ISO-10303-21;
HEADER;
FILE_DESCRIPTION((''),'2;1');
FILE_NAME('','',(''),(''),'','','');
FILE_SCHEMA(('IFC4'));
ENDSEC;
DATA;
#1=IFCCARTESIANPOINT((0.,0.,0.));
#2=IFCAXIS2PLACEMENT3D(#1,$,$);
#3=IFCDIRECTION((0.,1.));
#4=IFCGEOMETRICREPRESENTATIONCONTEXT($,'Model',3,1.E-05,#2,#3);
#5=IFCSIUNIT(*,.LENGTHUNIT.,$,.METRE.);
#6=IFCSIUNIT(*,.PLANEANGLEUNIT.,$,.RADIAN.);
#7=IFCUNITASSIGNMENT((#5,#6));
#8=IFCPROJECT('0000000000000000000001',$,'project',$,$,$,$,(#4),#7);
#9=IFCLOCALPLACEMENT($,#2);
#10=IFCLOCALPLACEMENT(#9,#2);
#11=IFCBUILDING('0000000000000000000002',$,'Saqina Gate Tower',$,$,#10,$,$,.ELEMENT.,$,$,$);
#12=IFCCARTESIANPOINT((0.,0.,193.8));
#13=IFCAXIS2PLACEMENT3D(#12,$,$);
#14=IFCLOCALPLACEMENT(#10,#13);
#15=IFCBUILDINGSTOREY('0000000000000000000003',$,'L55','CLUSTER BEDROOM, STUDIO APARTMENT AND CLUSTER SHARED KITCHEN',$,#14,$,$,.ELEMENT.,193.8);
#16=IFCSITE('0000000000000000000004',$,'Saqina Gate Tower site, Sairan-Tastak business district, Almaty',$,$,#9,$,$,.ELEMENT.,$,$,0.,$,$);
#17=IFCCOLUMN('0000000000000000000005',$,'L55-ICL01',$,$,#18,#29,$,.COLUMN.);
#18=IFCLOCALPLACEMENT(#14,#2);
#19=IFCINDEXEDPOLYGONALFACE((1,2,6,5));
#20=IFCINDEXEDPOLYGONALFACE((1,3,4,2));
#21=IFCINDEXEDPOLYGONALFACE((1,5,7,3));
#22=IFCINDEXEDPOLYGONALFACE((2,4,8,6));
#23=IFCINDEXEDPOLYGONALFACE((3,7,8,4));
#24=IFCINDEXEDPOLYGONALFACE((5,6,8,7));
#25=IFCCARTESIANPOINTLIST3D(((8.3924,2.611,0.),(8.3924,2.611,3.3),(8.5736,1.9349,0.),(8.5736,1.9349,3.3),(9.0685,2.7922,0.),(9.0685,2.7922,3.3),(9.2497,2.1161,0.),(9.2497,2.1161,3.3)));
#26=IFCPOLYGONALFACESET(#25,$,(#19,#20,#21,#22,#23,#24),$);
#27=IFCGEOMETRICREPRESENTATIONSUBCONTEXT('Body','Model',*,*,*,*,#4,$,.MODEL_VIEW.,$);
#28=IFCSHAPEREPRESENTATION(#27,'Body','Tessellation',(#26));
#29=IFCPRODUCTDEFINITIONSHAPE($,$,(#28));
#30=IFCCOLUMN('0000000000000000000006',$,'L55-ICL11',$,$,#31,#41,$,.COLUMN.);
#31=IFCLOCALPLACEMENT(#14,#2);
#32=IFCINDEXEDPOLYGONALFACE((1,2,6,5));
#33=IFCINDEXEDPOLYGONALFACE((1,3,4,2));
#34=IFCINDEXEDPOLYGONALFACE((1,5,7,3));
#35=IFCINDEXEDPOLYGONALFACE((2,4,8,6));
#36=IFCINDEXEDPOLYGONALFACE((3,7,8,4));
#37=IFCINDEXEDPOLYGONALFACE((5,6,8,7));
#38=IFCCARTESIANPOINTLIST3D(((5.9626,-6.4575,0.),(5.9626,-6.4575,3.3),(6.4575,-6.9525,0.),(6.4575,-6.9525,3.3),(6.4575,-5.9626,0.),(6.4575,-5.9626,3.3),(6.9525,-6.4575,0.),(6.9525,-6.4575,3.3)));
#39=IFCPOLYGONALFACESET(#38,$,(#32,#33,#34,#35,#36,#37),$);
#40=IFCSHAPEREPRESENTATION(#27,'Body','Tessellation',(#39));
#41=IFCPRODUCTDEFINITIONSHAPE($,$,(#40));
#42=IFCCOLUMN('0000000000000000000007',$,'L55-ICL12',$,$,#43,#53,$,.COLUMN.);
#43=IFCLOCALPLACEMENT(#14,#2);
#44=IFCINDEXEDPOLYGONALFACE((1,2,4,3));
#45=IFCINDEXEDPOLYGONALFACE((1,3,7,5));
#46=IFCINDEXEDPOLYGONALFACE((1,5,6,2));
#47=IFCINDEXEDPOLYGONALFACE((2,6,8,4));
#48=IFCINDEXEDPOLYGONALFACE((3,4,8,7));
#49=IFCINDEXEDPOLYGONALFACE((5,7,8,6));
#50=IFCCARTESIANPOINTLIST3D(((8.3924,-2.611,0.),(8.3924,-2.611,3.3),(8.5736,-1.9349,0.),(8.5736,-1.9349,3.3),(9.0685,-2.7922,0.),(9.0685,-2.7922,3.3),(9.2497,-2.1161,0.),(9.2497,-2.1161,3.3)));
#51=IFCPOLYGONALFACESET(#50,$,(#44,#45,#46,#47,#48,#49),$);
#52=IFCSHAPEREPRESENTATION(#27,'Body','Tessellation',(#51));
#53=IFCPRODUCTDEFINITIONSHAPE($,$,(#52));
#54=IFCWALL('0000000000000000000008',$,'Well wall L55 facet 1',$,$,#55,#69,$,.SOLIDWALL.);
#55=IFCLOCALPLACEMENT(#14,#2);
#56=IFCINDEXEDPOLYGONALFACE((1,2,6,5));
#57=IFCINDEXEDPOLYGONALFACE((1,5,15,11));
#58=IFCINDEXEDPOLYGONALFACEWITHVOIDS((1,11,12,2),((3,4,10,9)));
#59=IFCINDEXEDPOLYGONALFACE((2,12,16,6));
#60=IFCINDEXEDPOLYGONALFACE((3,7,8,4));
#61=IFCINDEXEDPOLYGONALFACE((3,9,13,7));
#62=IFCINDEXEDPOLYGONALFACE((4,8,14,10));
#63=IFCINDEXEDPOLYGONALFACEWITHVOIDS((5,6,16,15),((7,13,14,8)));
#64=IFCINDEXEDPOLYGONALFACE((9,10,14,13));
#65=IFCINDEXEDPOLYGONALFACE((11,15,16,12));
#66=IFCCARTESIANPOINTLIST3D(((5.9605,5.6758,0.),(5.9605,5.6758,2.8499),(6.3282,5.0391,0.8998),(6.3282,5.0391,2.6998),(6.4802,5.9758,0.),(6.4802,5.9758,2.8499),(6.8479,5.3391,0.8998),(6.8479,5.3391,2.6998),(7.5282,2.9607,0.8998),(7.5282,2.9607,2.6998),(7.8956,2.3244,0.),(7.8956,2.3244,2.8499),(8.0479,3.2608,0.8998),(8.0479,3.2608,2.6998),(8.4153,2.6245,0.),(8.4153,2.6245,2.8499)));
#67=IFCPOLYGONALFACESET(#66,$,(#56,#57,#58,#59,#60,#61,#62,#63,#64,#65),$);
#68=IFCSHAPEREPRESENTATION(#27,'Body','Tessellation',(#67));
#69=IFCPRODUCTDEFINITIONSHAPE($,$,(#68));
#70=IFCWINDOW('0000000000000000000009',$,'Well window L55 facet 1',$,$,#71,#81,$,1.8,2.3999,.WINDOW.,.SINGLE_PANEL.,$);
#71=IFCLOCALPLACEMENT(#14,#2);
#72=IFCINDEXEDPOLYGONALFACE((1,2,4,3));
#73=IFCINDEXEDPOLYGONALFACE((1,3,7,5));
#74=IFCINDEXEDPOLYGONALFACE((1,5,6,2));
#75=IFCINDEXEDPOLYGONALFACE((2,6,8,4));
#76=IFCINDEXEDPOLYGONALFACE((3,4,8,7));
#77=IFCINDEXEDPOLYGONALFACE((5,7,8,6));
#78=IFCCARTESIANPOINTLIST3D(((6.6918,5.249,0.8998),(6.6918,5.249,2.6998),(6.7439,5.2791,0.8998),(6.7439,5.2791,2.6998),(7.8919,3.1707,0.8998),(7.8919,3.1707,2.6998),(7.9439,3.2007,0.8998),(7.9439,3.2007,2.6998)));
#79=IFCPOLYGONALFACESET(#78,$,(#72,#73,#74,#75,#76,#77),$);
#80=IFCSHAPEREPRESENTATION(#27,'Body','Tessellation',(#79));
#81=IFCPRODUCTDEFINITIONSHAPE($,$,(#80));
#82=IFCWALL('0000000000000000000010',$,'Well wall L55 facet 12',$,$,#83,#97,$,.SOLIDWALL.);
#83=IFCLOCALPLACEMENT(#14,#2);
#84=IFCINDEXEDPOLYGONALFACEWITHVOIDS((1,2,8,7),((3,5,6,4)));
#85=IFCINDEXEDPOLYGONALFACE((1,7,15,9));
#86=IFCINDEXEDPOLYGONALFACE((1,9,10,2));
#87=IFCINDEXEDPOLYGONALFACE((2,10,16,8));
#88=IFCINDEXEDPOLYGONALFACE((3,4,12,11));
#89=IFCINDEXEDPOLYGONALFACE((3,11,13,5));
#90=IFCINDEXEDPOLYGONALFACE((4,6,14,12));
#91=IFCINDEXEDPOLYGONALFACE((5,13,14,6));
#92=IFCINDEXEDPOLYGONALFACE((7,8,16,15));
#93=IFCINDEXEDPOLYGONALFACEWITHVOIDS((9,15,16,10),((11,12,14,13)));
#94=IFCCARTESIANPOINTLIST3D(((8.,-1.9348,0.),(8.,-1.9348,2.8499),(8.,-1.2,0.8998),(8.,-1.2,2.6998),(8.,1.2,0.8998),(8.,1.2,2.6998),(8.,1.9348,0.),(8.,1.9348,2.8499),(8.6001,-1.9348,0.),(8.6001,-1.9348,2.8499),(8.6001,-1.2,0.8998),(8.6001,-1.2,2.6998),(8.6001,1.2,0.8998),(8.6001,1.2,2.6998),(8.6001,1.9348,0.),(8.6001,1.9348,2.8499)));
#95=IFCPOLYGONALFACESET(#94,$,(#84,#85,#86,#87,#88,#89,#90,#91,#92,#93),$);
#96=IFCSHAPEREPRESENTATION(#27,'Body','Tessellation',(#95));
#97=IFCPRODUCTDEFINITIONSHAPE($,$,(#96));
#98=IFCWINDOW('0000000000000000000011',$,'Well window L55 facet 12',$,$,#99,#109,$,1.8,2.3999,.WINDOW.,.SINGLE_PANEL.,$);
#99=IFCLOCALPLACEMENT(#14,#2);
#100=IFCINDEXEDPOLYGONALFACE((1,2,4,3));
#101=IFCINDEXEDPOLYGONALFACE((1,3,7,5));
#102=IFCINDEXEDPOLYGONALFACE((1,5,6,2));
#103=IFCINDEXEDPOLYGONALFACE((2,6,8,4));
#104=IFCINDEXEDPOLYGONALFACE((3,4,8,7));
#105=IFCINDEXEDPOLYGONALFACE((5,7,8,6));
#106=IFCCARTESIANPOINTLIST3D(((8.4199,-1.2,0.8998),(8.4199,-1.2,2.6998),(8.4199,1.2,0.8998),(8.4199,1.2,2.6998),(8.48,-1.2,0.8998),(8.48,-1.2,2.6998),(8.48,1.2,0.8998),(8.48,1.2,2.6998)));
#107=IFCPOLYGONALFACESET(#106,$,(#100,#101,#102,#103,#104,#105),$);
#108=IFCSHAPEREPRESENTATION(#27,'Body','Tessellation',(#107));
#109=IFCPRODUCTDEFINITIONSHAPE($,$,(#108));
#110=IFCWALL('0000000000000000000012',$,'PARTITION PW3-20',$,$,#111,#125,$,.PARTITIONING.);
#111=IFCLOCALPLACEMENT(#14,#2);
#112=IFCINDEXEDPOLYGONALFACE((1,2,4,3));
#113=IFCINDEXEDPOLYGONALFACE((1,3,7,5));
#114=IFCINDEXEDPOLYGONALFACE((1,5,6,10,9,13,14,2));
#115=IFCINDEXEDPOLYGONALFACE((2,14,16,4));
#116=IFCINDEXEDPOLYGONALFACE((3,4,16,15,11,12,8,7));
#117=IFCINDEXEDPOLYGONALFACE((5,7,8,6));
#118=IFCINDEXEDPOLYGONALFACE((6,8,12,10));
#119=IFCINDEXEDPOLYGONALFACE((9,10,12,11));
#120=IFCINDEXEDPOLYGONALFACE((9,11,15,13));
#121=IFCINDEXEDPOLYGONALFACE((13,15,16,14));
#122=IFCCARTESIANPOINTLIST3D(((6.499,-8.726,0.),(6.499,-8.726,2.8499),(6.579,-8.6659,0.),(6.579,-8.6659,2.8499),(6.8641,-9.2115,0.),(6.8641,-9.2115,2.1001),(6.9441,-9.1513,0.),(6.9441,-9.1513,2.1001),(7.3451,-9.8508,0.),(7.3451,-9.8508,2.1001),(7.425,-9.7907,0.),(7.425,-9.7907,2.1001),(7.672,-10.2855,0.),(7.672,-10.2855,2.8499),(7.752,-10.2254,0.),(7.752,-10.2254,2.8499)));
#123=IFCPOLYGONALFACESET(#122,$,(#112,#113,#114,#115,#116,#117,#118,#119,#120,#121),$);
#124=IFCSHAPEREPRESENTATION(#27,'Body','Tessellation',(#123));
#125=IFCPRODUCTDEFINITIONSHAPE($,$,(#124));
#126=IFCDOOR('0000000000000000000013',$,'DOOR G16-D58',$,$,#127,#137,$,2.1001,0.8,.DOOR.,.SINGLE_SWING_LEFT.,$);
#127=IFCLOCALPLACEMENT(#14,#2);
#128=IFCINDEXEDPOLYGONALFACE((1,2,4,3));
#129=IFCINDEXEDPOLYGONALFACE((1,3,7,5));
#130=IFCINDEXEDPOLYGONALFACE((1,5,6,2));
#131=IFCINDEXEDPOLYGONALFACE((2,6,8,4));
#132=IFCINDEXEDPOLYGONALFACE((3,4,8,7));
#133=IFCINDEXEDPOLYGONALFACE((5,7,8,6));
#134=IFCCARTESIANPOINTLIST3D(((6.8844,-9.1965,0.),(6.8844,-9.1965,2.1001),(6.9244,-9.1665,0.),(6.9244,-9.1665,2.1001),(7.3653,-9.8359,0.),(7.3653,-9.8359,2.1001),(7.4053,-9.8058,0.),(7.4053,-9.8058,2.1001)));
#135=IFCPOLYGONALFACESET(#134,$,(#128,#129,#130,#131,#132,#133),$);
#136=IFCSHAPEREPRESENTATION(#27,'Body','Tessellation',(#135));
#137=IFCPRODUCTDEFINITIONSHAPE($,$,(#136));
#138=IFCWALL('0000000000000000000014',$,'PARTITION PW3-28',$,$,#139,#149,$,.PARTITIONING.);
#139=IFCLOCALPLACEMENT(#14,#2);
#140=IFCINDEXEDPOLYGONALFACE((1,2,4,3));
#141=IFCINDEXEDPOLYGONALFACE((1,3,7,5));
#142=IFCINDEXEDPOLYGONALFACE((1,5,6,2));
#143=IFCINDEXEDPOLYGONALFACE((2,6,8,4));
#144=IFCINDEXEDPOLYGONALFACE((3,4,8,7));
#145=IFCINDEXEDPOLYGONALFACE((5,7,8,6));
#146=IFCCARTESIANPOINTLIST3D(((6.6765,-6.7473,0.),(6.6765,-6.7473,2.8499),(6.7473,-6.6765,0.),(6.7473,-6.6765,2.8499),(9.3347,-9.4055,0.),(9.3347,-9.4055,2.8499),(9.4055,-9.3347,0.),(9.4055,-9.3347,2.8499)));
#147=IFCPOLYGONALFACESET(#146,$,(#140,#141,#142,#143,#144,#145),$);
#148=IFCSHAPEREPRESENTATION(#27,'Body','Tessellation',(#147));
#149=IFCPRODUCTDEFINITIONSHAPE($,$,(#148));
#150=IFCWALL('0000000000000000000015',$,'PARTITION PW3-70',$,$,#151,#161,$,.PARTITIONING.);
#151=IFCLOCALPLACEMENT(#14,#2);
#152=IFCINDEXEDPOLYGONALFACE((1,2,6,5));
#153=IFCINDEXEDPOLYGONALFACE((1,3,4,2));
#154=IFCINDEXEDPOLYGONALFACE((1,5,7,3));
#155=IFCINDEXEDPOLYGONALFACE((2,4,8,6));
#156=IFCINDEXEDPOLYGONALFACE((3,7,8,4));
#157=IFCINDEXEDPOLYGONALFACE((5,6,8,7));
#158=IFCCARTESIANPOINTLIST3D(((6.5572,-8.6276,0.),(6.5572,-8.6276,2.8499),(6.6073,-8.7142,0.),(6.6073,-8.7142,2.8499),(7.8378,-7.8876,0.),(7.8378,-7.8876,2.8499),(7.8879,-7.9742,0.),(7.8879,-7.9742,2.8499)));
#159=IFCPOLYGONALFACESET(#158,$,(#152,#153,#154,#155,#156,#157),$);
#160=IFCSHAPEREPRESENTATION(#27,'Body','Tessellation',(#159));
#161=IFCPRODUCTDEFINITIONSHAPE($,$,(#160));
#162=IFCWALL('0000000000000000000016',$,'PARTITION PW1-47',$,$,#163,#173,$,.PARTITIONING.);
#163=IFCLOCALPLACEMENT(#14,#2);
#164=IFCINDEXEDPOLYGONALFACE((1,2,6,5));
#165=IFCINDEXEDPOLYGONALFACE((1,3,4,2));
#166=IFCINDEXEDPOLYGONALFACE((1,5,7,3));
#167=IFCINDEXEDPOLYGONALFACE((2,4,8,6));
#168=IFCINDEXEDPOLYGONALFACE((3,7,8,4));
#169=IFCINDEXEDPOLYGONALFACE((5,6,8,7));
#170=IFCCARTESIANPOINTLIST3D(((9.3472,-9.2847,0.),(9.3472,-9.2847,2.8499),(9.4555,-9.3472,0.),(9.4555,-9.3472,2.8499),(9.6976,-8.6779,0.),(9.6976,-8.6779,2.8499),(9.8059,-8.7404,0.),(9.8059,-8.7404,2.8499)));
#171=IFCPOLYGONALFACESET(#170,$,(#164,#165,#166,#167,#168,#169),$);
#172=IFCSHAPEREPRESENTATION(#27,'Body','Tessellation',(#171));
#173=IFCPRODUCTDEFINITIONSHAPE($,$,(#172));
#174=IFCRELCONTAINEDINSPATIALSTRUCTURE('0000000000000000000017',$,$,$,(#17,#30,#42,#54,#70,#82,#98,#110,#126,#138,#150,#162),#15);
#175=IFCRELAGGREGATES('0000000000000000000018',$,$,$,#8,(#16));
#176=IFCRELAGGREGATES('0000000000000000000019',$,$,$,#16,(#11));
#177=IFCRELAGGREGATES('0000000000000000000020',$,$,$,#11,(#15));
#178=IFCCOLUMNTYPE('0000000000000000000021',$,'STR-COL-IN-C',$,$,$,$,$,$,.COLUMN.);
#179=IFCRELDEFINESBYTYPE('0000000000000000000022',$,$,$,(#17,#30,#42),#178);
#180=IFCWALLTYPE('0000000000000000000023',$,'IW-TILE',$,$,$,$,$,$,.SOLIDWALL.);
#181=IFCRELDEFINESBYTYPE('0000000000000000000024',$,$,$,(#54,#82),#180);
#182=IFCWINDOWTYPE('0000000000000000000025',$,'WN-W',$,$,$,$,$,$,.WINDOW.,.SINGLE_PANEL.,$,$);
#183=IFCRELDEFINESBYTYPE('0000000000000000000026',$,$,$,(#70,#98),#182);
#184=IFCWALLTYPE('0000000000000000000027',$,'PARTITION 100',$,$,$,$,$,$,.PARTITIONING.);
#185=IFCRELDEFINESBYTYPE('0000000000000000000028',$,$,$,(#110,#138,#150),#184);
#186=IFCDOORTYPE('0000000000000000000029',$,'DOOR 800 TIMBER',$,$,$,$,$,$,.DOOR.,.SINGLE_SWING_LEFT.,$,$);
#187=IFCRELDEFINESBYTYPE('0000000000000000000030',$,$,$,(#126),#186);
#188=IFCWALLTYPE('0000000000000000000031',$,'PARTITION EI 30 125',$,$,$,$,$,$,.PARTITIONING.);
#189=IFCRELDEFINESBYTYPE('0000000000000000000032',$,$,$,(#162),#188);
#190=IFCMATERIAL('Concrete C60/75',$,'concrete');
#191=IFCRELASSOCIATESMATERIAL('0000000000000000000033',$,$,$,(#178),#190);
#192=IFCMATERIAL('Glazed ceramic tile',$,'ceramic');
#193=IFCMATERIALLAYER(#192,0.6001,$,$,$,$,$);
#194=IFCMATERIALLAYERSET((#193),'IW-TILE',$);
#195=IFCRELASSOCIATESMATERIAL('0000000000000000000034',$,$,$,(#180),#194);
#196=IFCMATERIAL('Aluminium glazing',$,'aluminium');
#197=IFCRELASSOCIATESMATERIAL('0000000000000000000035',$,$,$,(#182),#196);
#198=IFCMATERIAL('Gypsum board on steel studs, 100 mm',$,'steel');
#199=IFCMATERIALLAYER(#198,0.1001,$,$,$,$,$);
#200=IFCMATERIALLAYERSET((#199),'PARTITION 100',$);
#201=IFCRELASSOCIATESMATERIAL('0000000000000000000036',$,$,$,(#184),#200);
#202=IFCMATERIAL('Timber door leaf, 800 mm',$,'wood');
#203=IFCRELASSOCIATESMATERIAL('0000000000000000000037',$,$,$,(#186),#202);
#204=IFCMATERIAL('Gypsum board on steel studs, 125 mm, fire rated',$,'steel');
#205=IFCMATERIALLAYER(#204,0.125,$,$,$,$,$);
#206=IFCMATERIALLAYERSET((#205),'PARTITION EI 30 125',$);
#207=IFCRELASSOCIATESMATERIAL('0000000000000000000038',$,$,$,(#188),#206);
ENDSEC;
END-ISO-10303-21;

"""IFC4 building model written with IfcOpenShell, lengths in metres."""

from ifc_helpers import new_model, si_unit, direction, frame, frame_2d, origin, origin_2d, place, context, subcontext, project, spatial, rectangle, extrude, material, layer, layer_set, material_profile, profile_set, type_object, element, fill, save


model = new_model("IFC4")

# Units and contexts
model_context = context("Model", 3, precision=1e-05, world=origin(), true_north=direction((0.0, 1.0)))
body_context = subcontext(model_context, "Body", "Model", "MODEL_VIEW")
ifc_project = project(units=[si_unit("LENGTHUNIT", "METRE"), si_unit("PLANEANGLEUNIT", "RADIAN")], contexts=[model_context])

# Site, building, storey
site_placement = place(None, origin())
site = spatial("IfcSite", under=ifc_project, at=site_placement, Name="Saqina Gate Tower site, Sairan-Tastak business district, Almaty", CompositionType="ELEMENT", RefElevation=0.0)
building_placement = place(site_placement, origin())
building = spatial("IfcBuilding", under=site, at=building_placement, Name="Saqina Gate Tower", CompositionType="ELEMENT")
storey_placement = place(building_placement, frame((0.0, 0.0, 193.8)))
storey = spatial("IfcBuildingStorey", under=building, at=storey_placement, Name="L55", Description="CLUSTER BEDROOM, STUDIO APARTMENT AND CLUSTER SHARED KITCHEN", CompositionType="ELEMENT", Elevation=193.8)

# Columns
ifc_material_1 = material(Name="Concrete C60/75", Category="concrete")
ifc_material_profile = material_profile(ifc_material_1, rectangle(XDim=0.7, YDim=0.7, at=origin_2d()), Name="RC 700x700")
ifc_profile_set = profile_set([ifc_material_profile], Name="Concrete C60/75")
column_type = type_object("IfcColumnType", Name="STR-COL-IN-C", PredefinedType="COLUMN", material=ifc_profile_set)
for number, where, z_axis, x_axis, name in (
    (1, (8.821, 2.3635, 0.0), (0.0, 0.0, 1.0), (0.965926, 0.258819, 0.0), "L55-ICL01"),
    (2, (6.4575, -6.4575, 0.0), (0.0, 0.0, 1.0), (0.707107, -0.707107, 0.0), "L55-ICL11"),
    (3, (8.821, -2.3635, 0.0), (0.0, 0.0, 1.0), (0.965926, -0.258819, 0.0), "L55-ICL12"),
):
    element("IfcColumn", number, at=place(storey_placement, frame(where, z_axis=z_axis, x_axis=x_axis)), inside=storey, type_object=column_type, Name=name, PredefinedType="COLUMN", context=body_context, shape_type="SweptSolid", body=[
        extrude(rectangle(XDim=0.7, YDim=0.7, at=origin_2d()), origin(), (0.0, 0.0, 1.0), 3.3),
    ])

# Walls, openings, windows
ifc_material_2 = material(Name="Glazed ceramic tile", Category="ceramic")
ifc_layer_1 = layer(ifc_material_2, 0.6001)
ifc_layer_set_1 = layer_set([ifc_layer_1], Name="IW-TILE")
wall_type_1 = type_object("IfcWallType", Name="IW-TILE", PredefinedType="SOLIDWALL", material=ifc_layer_set_1)
wall_1_placement = place(storey_placement, frame((8.1555, 2.4744, 0.0), z_axis=(0.0, 0.0, 1.0), x_axis=(-0.500034, 0.866006, 0.0)))
wall_1 = element("IfcWall", 4, at=wall_1_placement, inside=storey, type_object=wall_type_1, Name="Well wall L55 facet 1", PredefinedType="SOLIDWALL", context=body_context, shape_type="SweptSolid", body=[
    extrude(rectangle(XDim=3.8699, YDim=0.6001, at=frame_2d((1.9351, 0.0))), origin(), (0.0, 0.0, 1.0), 2.8499),
])
opening_1_placement = place(wall_1_placement, frame((0.7349, 0.0, 0.8999)))
opening_1 = element("IfcOpeningElement", 5, at=opening_1_placement, cuts=wall_1, PredefinedType="OPENING", context=body_context, shape_type="SweptSolid", body=[
    extrude(rectangle(XDim=2.3999, YDim=1.8, at=frame_2d((1.2, 0.8999))), frame((0.0, 0.312, 0.0), z_axis=(0.0, -1.0, 0.0), x_axis=(1.0, 0.0, 0.0)), (0.0, 0.0, 1.0), 0.624),
])
ifc_material_3 = material(Name="Aluminium glazing", Category="aluminium")
window_type = type_object("IfcWindowType", Name="WN-W", PartitioningType="SINGLE_PANEL", PredefinedType="WINDOW", material=ifc_material_3)
window_1_placement = place(opening_1_placement, origin())
window_1 = element("IfcWindow", 6, at=window_1_placement, inside=storey, type_object=window_type, Name="Well window L55 facet 1", OverallHeight=1.8, OverallWidth=2.3999, PartitioningType="SINGLE_PANEL", PredefinedType="WINDOW", context=body_context, shape_type="SweptSolid", body=[
    extrude(rectangle(XDim=2.3999, YDim=1.8, at=frame_2d((1.2, 0.8999))), frame((0.0, -0.1199, 0.0), z_axis=(0.0, -1.0, 0.0), x_axis=(1.0, 0.0, 0.0)), (0.0, 0.0, 1.0), 0.0601),
])
fill(opening_1, window_1)
wall_2_placement = place(storey_placement, frame((8.3, -1.9348, 0.0), z_axis=(0.0, 0.0, 1.0), x_axis=(0.0, 1.0, 0.0)))
wall_2 = element("IfcWall", 7, at=wall_2_placement, inside=storey, type_object=wall_type_1, Name="Well wall L55 facet 12", PredefinedType="SOLIDWALL", context=body_context, shape_type="SweptSolid", body=[
    extrude(rectangle(XDim=3.8696, YDim=0.6001, at=frame_2d((1.9348, 0.0))), origin(), (0.0, 0.0, 1.0), 2.8499),
])
opening_2_placement = place(wall_2_placement, frame((0.7349, 0.0, 0.8999)))
opening_2 = element("IfcOpeningElement", 8, at=opening_2_placement, cuts=wall_2, PredefinedType="OPENING", context=body_context, shape_type="SweptSolid", body=[
    extrude(rectangle(XDim=2.3999, YDim=1.8, at=frame_2d((1.2, 0.8999))), frame((0.0, 0.312, 0.0), z_axis=(0.0, -1.0, 0.0), x_axis=(1.0, 0.0, 0.0)), (0.0, 0.0, 1.0), 0.624),
])
window_2_placement = place(opening_2_placement, origin())
window_2 = element("IfcWindow", 9, at=window_2_placement, inside=storey, type_object=window_type, Name="Well window L55 facet 12", OverallHeight=1.8, OverallWidth=2.3999, PartitioningType="SINGLE_PANEL", PredefinedType="WINDOW", context=body_context, shape_type="SweptSolid", body=[
    extrude(rectangle(XDim=2.3999, YDim=1.8, at=frame_2d((1.2, 0.8999))), frame((0.0, -0.1199, 0.0), z_axis=(0.0, -1.0, 0.0), x_axis=(1.0, 0.0, 0.0)), (0.0, 0.0, 1.0), 0.0601),
])
fill(opening_2, window_2)

# Wall, opening, door
ifc_material_4 = material(Name="Gypsum board on steel studs, 100 mm", Category="steel")
ifc_layer_2 = layer(ifc_material_4, 0.1001)
ifc_layer_set_2 = layer_set([ifc_layer_2], Name="PARTITION 100")
wall_type_2 = type_object("IfcWallType", Name="PARTITION 100", PredefinedType="PARTITIONING", material=ifc_layer_set_2)
wall_3_placement = place(storey_placement, frame((6.5391, -8.696, 0.0), z_axis=(0.0, 0.0, 1.0), x_axis=(0.60112, -0.799159, 0.0)))
wall_3 = element("IfcWall", 10, at=wall_3_placement, inside=storey, type_object=wall_type_2, Name="PARTITION PW3-20", PredefinedType="PARTITIONING", context=body_context, shape_type="SweptSolid", body=[
    extrude(rectangle(XDim=1.9514, YDim=0.1001, at=frame_2d((0.9756, 0.0))), origin(), (0.0, 0.0, 1.0), 2.8499),
])
opening_3_placement = place(wall_3_placement, frame((0.6074, 0.0, 0.0)))
opening_3 = element("IfcOpeningElement", 11, at=opening_3_placement, cuts=wall_3, PredefinedType="OPENING", context=body_context, shape_type="SweptSolid", body=[
    extrude(rectangle(XDim=0.8, YDim=2.1001, at=frame_2d((0.3999, 1.05))), frame((0.0, 0.062, 0.0), z_axis=(0.0, -1.0, 0.0), x_axis=(1.0, 0.0, 0.0)), (0.0, 0.0, 1.0), 0.124),
])
ifc_material_5 = material(Name="Timber door leaf, 800 mm", Category="wood")
door_type_1 = type_object("IfcDoorType", Name="DOOR 800 TIMBER", OperationType="SINGLE_SWING_LEFT", PredefinedType="DOOR", material=ifc_material_5)
door_1_placement = place(opening_3_placement, frame((0.8, 0.0, 0.0), z_axis=(0.0, 0.0, 1.0), x_axis=(-1.0, 0.0, 0.0)))
door_1 = element("IfcDoor", 12, at=door_1_placement, inside=storey, type_object=door_type_1, Name="DOOR G16-D58", OperationType="SINGLE_SWING_LEFT", OverallHeight=2.1001, OverallWidth=0.8, PredefinedType="DOOR", context=body_context, shape_type="SweptSolid", body=[
    extrude(rectangle(XDim=0.8, YDim=2.1001, at=frame_2d((0.3999, 1.05))), frame((0.0, 0.0249, 0.0), z_axis=(0.0, -1.0, 0.0), x_axis=(1.0, 0.0, 0.0)), (0.0, 0.0, 1.0), 0.05),
])
fill(opening_3, door_1)

# Walls
wall_4_placement = place(storey_placement, frame((6.7119, -6.7119, 0.0), z_axis=(0.0, 0.0, 1.0), x_axis=(0.707107, -0.707107, 0.0)))
element("IfcWall", 13, at=wall_4_placement, inside=storey, type_object=wall_type_2, Name="PARTITION PW3-28", PredefinedType="PARTITIONING", context=body_context, shape_type="SweptSolid", body=[
    extrude(rectangle(XDim=3.7593, YDim=0.1001, at=frame_2d((1.8796, 0.0))), origin(), (0.0, 0.0, 1.0), 2.8499),
])
wall_5_placement = place(storey_placement, frame((6.5823, -8.6709, 0.0), z_axis=(0.0, 0.0, 1.0), x_axis=(0.865825, 0.500346, 0.0)))
element("IfcWall", 14, at=wall_5_placement, inside=storey, type_object=wall_type_2, Name="PARTITION PW3-70", PredefinedType="PARTITIONING", context=body_context, shape_type="SweptSolid", body=[
    extrude(rectangle(XDim=1.479, YDim=0.1001, at=frame_2d((0.7395, 0.0))), origin(), (0.0, 0.0, 1.0), 2.8499),
])
ifc_material_6 = material(Name="Gypsum board on steel studs, 125 mm, fire rated", Category="steel")
ifc_layer_3 = layer(ifc_material_6, 0.125)
ifc_layer_set_3 = layer_set([ifc_layer_3], Name="PARTITION EI 30 125")
wall_type_3 = type_object("IfcWallType", Name="PARTITION EI 30 125", PredefinedType="PARTITIONING", material=ifc_layer_set_3)
wall_6_placement = place(storey_placement, frame((9.4014, -9.3159, 0.0), z_axis=(0.0, 0.0, 1.0), x_axis=(0.500074, 0.865982, 0.0)))
element("IfcWall", 15, at=wall_6_placement, inside=storey, type_object=wall_type_3, Name="PARTITION PW1-47", PredefinedType="PARTITIONING", context=body_context, shape_type="SweptSolid", body=[
    extrude(rectangle(XDim=0.7007, YDim=0.125, at=frame_2d((0.3503, 0.0))), origin(), (0.0, 0.0, 1.0), 2.8499),
])

save(model, "model.ifc")
